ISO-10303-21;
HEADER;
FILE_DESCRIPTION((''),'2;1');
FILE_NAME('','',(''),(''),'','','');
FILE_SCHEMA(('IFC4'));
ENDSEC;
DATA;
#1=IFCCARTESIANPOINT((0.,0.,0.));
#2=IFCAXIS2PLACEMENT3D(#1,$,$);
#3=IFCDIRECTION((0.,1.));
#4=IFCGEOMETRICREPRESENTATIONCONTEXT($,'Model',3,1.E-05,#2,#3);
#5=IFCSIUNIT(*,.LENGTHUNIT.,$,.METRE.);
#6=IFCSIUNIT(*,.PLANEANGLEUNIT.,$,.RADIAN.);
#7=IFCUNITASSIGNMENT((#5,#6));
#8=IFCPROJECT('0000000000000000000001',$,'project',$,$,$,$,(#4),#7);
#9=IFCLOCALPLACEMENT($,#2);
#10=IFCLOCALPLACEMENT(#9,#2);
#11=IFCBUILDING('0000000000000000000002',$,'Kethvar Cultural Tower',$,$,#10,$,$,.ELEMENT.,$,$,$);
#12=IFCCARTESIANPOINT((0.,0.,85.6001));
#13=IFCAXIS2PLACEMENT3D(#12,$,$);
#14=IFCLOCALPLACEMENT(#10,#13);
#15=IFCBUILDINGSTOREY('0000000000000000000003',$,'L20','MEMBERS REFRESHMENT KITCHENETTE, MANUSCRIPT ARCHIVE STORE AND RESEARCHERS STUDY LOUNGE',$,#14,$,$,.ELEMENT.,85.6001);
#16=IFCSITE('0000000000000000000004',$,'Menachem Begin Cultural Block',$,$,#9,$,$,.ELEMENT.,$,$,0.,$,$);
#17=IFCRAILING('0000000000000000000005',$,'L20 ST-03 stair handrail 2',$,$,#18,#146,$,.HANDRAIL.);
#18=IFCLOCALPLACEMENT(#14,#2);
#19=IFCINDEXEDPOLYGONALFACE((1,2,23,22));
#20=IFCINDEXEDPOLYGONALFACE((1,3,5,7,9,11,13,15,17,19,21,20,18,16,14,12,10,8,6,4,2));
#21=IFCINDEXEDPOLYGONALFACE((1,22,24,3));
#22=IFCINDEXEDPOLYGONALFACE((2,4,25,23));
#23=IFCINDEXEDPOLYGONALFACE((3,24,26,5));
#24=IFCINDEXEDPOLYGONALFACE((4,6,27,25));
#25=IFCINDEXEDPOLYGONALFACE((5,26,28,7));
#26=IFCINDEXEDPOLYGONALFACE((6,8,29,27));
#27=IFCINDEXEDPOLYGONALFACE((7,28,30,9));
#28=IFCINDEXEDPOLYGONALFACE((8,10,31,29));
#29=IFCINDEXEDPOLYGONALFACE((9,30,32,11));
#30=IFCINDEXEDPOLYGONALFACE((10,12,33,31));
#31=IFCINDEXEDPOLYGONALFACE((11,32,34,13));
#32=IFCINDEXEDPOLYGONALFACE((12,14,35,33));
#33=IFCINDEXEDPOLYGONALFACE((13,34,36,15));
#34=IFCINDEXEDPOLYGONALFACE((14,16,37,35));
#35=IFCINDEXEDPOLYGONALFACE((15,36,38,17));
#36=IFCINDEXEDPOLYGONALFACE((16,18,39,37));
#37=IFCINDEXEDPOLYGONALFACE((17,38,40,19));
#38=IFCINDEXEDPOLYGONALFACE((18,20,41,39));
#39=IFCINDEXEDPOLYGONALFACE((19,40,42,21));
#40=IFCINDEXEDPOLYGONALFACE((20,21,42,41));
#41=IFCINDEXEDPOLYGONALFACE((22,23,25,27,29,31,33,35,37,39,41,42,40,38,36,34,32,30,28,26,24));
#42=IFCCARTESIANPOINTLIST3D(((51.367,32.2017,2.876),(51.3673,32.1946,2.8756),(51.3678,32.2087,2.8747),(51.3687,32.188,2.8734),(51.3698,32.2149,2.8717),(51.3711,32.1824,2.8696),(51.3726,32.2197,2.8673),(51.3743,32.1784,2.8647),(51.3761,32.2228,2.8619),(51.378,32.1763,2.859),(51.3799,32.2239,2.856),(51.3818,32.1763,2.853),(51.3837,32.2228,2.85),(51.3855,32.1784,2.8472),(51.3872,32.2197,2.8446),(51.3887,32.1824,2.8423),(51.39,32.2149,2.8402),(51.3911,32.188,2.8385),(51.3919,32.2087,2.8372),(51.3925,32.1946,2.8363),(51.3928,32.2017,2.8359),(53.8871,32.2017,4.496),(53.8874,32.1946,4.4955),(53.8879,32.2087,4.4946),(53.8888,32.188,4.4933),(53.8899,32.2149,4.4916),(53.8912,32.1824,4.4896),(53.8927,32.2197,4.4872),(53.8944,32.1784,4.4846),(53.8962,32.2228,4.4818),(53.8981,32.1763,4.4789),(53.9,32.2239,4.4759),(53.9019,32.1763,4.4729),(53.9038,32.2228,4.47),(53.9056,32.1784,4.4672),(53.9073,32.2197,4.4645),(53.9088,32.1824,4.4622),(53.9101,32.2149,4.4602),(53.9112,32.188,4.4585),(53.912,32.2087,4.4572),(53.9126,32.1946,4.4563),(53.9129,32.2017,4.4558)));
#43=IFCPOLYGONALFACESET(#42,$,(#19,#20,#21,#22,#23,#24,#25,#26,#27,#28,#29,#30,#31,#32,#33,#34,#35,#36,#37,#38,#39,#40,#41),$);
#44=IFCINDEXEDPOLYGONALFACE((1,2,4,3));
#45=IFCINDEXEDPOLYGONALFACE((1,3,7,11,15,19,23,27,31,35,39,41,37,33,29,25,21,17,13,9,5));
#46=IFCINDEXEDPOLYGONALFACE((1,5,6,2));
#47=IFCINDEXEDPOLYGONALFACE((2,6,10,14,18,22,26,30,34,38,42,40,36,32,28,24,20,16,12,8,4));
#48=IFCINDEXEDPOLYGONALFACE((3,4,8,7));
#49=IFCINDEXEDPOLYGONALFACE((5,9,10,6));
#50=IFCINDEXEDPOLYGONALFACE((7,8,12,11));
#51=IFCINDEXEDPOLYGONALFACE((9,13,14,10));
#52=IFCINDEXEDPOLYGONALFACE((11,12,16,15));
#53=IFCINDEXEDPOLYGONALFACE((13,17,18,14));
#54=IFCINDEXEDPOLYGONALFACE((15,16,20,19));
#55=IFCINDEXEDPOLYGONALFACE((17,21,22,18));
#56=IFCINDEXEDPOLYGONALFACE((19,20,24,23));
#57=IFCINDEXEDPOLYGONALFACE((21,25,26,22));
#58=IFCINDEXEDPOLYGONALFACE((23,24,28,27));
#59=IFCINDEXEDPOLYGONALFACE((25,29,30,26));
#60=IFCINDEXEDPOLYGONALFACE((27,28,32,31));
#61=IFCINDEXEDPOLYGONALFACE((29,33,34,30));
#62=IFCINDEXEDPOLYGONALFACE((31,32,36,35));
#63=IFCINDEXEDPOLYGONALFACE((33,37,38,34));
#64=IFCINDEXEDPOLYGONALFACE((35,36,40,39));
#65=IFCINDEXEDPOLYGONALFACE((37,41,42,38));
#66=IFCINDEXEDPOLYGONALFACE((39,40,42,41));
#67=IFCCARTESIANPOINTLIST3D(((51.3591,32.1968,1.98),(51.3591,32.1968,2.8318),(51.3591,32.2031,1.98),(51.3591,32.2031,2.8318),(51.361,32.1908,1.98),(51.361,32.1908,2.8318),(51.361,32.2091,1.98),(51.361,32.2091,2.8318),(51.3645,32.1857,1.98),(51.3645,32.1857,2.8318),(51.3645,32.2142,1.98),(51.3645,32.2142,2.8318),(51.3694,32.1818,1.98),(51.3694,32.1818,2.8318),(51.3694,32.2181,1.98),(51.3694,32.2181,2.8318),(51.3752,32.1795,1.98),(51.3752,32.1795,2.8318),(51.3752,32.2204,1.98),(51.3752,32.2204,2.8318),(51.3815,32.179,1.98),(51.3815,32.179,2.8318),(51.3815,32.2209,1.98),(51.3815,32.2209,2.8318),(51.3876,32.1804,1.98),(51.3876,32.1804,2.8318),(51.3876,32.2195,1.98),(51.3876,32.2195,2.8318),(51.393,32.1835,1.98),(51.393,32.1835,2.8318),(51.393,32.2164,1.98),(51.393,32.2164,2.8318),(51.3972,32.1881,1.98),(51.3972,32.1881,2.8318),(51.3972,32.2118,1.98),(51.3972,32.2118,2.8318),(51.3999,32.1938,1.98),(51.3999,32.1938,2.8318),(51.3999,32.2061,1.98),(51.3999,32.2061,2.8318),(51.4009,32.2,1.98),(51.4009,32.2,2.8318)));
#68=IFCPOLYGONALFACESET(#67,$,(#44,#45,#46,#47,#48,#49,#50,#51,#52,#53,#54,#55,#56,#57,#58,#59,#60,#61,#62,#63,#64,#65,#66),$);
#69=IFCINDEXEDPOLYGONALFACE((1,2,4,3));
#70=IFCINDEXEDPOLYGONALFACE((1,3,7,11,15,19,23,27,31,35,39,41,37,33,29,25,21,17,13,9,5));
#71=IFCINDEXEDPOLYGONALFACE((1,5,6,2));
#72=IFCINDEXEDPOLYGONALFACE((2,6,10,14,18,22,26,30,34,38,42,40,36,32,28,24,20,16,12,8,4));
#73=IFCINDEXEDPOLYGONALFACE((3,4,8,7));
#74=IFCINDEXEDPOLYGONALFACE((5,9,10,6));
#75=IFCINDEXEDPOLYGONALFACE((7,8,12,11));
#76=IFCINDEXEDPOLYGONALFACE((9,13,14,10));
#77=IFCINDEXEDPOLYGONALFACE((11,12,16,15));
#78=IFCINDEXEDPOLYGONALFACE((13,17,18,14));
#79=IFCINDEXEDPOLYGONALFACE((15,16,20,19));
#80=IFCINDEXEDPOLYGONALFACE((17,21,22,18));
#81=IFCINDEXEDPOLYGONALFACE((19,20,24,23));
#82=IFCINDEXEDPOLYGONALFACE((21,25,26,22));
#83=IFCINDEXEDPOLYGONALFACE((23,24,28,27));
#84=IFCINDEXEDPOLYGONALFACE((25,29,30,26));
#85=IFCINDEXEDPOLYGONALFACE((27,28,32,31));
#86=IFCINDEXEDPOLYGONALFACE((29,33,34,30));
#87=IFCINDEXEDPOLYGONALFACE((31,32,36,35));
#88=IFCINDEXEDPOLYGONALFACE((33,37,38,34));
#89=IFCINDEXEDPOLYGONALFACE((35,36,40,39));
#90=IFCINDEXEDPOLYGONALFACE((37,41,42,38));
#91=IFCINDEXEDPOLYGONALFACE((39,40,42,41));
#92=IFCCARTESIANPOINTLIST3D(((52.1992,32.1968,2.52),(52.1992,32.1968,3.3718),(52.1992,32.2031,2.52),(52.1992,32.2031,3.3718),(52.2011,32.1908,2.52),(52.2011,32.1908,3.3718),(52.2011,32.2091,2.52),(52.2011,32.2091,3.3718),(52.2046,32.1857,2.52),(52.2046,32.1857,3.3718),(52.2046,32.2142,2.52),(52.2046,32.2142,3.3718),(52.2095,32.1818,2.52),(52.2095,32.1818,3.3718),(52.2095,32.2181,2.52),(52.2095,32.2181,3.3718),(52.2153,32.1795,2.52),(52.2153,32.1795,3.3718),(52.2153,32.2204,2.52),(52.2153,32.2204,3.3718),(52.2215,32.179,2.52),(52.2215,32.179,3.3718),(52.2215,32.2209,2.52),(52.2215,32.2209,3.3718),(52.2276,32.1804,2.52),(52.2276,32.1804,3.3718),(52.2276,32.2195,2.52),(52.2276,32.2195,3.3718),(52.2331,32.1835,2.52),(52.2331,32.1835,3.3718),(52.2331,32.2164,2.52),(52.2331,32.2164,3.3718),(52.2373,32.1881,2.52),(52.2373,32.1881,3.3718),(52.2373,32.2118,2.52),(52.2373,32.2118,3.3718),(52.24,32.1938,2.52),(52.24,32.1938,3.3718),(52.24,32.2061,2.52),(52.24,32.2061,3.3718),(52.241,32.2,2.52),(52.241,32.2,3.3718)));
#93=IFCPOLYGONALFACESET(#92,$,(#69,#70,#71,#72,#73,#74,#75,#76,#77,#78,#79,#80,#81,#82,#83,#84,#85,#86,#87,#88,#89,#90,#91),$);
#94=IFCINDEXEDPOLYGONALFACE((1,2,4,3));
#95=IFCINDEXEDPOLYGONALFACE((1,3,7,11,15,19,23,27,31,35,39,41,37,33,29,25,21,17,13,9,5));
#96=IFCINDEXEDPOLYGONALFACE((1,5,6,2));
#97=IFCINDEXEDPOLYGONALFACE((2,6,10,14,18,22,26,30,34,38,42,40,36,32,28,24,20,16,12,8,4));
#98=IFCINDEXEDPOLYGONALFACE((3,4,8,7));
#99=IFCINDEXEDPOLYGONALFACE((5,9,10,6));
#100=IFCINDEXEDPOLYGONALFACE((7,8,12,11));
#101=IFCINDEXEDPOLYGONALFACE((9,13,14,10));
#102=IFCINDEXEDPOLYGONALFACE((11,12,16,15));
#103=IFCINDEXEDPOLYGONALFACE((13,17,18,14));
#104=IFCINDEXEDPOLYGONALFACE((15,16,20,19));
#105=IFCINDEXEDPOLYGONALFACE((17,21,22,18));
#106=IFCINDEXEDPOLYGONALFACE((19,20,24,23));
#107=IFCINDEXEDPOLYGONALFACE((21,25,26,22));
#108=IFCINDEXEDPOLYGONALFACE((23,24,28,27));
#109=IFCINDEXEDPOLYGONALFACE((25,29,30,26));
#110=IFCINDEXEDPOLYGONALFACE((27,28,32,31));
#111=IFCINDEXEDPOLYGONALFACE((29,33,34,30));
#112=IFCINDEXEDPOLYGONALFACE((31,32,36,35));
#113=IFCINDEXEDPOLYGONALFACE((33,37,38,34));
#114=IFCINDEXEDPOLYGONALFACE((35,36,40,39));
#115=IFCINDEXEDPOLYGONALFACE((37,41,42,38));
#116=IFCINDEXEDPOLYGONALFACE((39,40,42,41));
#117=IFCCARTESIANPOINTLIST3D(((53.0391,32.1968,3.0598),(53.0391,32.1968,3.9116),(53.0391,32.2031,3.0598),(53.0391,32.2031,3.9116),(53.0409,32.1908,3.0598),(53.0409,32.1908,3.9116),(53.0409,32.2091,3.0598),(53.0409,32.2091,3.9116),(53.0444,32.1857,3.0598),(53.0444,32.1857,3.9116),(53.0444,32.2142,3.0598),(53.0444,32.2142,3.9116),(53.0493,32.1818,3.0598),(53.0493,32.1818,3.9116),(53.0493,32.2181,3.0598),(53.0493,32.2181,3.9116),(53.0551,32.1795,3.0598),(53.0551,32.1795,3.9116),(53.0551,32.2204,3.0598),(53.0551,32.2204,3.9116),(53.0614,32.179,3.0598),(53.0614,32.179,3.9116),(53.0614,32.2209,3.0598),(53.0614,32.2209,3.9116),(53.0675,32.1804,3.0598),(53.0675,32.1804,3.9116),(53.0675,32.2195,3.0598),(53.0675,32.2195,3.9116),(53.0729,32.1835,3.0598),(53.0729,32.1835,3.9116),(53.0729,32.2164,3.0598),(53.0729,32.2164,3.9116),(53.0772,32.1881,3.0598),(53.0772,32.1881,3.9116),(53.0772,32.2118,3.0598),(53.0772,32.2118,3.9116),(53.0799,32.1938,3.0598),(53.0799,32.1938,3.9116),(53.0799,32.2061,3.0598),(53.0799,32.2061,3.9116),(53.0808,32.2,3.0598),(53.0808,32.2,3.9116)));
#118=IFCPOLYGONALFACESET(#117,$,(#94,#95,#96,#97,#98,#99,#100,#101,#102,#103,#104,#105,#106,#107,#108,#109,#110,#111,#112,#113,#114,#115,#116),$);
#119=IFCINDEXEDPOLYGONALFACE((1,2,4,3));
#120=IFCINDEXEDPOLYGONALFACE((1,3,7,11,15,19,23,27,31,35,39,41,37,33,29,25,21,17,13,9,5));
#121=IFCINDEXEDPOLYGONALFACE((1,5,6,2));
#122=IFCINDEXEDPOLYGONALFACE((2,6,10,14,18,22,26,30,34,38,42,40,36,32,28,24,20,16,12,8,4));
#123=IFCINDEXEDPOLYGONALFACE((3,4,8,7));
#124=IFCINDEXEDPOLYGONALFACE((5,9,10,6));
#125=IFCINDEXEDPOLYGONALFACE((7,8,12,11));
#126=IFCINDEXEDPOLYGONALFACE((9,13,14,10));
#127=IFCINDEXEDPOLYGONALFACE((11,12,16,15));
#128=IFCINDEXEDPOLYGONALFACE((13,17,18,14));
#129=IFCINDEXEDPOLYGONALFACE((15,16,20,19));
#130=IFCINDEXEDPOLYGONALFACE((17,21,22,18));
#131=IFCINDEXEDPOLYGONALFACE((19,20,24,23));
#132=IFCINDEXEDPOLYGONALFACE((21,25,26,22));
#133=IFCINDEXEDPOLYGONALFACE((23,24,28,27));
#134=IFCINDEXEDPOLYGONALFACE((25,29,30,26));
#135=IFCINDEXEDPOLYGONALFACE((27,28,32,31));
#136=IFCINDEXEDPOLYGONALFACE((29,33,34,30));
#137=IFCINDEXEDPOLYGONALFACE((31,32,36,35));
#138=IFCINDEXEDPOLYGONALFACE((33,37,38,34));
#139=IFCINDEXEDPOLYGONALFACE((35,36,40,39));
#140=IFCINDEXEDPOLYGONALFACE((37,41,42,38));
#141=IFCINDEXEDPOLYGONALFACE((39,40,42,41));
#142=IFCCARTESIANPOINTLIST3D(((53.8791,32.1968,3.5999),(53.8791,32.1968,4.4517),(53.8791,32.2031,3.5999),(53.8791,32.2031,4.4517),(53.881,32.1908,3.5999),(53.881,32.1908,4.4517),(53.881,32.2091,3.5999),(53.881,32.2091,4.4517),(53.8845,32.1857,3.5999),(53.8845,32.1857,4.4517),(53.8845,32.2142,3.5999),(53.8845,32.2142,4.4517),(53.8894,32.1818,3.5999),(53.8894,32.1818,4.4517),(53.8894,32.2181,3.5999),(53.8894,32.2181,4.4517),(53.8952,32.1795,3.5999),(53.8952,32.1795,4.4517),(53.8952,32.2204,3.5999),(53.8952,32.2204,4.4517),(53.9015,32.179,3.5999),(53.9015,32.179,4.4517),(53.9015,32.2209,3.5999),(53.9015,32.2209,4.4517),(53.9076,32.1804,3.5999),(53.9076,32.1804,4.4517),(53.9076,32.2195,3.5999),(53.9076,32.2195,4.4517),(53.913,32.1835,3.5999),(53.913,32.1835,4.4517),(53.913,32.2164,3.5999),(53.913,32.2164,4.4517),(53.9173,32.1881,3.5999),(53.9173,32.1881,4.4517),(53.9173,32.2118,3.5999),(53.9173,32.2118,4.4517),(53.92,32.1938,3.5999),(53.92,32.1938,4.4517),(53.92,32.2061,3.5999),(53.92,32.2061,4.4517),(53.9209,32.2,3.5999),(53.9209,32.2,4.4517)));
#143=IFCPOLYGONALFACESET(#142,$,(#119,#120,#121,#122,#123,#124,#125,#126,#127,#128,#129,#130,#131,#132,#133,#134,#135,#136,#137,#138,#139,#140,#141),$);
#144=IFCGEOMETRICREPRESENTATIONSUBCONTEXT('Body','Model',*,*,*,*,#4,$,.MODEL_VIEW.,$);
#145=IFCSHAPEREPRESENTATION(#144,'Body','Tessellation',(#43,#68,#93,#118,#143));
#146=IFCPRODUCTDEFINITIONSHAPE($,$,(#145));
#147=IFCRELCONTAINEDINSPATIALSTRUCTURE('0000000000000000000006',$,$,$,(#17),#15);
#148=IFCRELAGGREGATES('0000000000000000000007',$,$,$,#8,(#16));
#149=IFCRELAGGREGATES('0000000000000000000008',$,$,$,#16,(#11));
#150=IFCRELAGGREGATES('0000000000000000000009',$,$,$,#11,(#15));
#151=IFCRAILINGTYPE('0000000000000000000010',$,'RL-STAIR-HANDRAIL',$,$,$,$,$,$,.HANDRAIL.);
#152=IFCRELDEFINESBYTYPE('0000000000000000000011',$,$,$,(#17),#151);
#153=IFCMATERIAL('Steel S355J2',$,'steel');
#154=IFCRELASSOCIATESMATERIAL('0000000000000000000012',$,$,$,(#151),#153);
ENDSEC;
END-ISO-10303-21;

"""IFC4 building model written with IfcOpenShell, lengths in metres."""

from ifc_helpers import new_model, si_unit, direction, frame, origin, origin_2d, place, context, subcontext, project, spatial, circle, extrude, material, type_object, element, save


model = new_model("IFC4")

# Units and contexts
model_context = context("Model", 3, precision=1e-05, world=origin(), true_north=direction((0.0, 1.0)))
body_context = subcontext(model_context, "Body", "Model", "MODEL_VIEW")
ifc_project = project(units=[si_unit("LENGTHUNIT", "METRE"), si_unit("PLANEANGLEUNIT", "RADIAN")], contexts=[model_context])

# Site, building, storey
site_placement = place(None, origin())
site = spatial("IfcSite", under=ifc_project, at=site_placement, Name="Menachem Begin Cultural Block", CompositionType="ELEMENT", RefElevation=0.0)
building_placement = place(site_placement, origin())
building = spatial("IfcBuilding", under=site, at=building_placement, Name="Kethvar Cultural Tower", CompositionType="ELEMENT")
storey_placement = place(building_placement, frame((0.0, 0.0, 85.6001)))
storey = spatial("IfcBuildingStorey", under=building, at=storey_placement, Name="L20", Description="MEMBERS REFRESHMENT KITCHENETTE, MANUSCRIPT ARCHIVE STORE AND RESEARCHERS STUDY LOUNGE", CompositionType="ELEMENT", Elevation=85.6001)

# Shared definitions
ifc_material_1 = material(Name="Steel S355J2", Category="steel")

# Railing
railing_type_1 = type_object("IfcRailingType", Name="RL-STAIR-HANDRAIL", PredefinedType="HANDRAIL", material=ifc_material_1)
railing_1_placement = place(storey_placement, frame((51.3799, 32.2, 1.98)))
element("IfcRailing", 1, at=railing_1_placement, inside=storey, type_object=railing_type_1, Name="L20 ST-03 stair handrail 2", PredefinedType="HANDRAIL", context=body_context, shape_type="SweptSolid", body=[
    extrude(circle(Radius=0.0239, at=origin_2d()), frame((0.0, 0.0, 0.876), z_axis=(0.8412, 0.0, 0.540725), x_axis=(0.0, 1.0, 0.0)), (0.0, 0.0, 1.0), 2.9958),
    extrude(circle(Radius=0.021, at=origin_2d()), origin(), (0.0, 0.0, 1.0), 0.8518),
    extrude(circle(Radius=0.021, at=origin_2d()), frame((0.8401, 0.0, 0.54)), (0.0, 0.0, 1.0), 0.8518),
    extrude(circle(Radius=0.021, at=origin_2d()), frame((1.6799, 0.0, 1.0798)), (0.0, 0.0, 1.0), 0.8518),
    extrude(circle(Radius=0.021, at=origin_2d()), frame((2.52, 0.0, 1.6199)), (0.0, 0.0, 1.0), 0.8518),
])

save(model, "model.ifc")
